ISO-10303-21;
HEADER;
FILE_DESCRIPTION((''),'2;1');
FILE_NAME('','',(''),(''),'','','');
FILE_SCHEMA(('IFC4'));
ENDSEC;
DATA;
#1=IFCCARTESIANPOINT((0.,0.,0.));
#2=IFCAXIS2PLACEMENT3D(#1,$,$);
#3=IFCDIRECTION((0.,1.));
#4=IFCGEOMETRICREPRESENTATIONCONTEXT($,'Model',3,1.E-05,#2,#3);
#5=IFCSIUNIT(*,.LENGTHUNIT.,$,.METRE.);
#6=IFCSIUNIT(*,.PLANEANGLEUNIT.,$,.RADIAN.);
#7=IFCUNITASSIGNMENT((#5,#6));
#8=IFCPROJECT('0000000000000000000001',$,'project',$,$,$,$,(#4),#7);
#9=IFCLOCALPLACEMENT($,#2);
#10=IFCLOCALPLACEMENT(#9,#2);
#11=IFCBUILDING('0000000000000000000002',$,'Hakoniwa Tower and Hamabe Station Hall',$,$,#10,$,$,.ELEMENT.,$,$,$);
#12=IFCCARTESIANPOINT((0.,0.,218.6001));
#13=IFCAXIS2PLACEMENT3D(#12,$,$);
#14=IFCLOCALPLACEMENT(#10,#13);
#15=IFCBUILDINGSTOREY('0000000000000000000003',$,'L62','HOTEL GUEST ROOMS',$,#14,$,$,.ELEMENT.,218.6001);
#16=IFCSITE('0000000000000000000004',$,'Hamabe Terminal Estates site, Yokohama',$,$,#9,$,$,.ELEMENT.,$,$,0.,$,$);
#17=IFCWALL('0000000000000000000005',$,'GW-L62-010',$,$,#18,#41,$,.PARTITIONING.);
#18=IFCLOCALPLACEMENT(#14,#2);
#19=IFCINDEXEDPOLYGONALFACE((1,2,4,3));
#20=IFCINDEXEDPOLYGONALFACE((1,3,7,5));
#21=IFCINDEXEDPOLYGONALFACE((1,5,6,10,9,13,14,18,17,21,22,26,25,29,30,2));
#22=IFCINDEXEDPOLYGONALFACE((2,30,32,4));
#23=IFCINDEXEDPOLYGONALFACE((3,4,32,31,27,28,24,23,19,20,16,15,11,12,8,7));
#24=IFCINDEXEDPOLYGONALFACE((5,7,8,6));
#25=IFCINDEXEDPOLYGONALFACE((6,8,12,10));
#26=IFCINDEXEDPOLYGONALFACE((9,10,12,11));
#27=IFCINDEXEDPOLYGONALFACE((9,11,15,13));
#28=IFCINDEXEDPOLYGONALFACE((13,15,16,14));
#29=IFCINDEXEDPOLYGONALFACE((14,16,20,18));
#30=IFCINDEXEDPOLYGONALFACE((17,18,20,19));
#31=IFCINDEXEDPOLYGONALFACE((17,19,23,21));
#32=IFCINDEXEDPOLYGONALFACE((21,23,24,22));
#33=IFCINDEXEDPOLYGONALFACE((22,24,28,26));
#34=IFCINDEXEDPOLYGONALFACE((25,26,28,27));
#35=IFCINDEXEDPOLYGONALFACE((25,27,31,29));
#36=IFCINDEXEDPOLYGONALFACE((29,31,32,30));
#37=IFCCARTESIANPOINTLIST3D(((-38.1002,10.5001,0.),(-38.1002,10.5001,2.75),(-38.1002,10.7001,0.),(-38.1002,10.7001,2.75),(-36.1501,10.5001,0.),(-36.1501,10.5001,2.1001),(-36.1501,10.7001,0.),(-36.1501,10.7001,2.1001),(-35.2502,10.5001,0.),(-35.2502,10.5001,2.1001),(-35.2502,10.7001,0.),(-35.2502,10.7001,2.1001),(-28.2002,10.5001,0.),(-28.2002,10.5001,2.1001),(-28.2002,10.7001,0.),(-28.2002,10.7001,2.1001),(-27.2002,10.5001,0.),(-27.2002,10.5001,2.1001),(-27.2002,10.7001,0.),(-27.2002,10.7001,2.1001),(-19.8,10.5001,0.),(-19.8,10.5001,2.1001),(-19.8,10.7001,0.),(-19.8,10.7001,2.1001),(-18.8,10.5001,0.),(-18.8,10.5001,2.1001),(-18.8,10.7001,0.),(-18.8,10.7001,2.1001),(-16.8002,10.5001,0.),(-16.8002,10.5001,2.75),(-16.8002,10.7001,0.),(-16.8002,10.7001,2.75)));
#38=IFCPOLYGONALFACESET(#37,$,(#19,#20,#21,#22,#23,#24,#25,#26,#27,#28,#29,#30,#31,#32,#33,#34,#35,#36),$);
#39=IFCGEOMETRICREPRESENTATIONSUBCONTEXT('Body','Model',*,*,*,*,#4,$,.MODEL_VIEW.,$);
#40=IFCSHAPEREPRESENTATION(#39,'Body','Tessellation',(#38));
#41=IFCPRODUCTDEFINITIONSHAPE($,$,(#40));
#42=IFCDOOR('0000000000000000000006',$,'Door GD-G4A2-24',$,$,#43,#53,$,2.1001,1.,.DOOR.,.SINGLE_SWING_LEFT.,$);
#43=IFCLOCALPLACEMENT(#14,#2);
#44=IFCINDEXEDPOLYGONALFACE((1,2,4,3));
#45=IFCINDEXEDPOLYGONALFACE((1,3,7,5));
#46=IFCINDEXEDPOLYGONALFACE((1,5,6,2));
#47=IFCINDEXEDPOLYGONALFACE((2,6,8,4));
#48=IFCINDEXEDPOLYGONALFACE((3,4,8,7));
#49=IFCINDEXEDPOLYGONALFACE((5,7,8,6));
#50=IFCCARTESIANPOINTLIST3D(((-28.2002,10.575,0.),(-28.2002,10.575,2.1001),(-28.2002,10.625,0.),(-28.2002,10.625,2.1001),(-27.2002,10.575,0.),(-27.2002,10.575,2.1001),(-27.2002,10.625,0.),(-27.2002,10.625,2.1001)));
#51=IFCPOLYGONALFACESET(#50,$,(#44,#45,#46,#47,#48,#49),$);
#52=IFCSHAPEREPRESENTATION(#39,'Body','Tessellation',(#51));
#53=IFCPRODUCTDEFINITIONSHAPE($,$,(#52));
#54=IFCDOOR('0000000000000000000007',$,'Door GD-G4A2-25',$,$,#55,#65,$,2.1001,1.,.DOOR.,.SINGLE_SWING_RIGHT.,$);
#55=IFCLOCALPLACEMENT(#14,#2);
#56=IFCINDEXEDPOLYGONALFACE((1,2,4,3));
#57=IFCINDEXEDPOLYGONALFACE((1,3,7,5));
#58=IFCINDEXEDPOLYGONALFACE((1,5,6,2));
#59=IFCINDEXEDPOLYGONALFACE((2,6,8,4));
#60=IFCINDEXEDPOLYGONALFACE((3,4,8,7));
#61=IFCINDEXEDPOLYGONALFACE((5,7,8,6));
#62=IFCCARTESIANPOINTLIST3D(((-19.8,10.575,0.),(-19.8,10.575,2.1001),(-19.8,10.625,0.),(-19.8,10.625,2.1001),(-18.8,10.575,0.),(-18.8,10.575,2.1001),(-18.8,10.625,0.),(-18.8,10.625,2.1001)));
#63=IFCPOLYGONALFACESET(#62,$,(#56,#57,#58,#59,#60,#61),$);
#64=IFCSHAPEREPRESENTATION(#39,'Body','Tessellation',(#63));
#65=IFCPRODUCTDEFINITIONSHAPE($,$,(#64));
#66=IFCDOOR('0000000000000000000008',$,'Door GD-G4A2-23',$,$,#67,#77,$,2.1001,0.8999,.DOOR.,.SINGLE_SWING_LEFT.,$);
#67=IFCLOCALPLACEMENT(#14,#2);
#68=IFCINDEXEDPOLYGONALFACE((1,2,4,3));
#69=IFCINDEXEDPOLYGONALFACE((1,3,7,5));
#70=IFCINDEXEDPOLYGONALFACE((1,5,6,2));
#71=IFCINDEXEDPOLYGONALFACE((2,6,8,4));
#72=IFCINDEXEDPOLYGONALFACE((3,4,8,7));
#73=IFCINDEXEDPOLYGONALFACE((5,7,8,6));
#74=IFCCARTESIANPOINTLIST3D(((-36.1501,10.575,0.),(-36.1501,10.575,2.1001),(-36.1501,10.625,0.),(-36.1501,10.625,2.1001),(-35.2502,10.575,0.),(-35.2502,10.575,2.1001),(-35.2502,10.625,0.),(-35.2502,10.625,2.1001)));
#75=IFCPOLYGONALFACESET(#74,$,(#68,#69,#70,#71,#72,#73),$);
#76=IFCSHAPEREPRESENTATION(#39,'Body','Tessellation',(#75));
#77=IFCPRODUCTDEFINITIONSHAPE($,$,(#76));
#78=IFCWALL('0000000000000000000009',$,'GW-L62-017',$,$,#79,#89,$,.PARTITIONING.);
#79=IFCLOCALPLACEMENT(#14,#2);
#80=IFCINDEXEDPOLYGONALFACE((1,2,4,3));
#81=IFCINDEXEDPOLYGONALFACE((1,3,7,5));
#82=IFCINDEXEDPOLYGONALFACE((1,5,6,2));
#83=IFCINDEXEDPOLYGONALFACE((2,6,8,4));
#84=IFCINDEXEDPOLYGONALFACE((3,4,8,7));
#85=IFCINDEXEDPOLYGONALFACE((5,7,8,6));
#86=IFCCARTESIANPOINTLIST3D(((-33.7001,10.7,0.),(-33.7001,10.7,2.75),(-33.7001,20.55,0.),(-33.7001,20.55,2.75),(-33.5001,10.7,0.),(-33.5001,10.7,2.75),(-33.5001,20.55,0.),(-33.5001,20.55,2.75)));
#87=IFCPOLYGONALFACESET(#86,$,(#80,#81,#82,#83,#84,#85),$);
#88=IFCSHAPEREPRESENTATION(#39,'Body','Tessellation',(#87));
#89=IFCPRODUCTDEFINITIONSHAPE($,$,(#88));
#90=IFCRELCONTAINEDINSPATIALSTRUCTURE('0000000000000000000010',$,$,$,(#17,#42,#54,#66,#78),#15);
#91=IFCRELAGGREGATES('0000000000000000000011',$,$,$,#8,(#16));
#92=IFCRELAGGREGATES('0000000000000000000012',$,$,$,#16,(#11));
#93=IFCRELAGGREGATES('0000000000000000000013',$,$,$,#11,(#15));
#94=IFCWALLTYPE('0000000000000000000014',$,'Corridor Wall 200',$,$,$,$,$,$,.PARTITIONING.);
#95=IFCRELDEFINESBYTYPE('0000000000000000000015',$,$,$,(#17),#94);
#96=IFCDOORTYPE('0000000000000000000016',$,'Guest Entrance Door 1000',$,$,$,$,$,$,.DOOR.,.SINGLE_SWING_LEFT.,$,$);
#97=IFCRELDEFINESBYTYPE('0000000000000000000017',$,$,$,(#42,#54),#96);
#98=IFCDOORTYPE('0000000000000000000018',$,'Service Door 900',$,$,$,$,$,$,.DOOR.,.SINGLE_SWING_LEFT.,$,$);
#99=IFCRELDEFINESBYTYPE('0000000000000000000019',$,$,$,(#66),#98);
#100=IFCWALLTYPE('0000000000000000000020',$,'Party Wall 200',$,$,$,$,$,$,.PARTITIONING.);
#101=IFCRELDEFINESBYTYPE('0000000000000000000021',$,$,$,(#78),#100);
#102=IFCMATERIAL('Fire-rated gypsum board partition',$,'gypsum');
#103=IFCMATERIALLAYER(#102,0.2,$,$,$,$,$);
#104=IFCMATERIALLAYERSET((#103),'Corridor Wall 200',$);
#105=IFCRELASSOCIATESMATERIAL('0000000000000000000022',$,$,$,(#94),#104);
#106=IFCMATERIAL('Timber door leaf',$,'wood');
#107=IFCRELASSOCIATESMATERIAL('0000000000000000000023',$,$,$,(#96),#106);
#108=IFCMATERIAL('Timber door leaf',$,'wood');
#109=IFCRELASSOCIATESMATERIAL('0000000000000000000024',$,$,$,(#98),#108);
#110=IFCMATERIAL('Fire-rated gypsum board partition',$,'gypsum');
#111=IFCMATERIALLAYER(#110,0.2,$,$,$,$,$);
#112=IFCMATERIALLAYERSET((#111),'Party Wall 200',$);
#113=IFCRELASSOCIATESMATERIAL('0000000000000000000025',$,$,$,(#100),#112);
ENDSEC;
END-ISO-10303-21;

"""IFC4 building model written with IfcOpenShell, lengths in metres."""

from ifc_helpers import new_model, si_unit, direction, frame, frame_2d, origin, place, context, subcontext, project, spatial, rectangle, extrude, material, layer, layer_set, type_object, element, fill, save


model = new_model("IFC4")

# Units and contexts
model_context = context("Model", 3, precision=1e-05, world=origin(), true_north=direction((0.0, 1.0)))
body_context = subcontext(model_context, "Body", "Model", "MODEL_VIEW")
ifc_project = project(units=[si_unit("LENGTHUNIT", "METRE"), si_unit("PLANEANGLEUNIT", "RADIAN")], contexts=[model_context])

# Site, building, storey
site_placement = place(None, origin())
site = spatial("IfcSite", under=ifc_project, at=site_placement, Name="Hamabe Terminal Estates site, Yokohama", CompositionType="ELEMENT", RefElevation=0.0)
building_placement = place(site_placement, origin())
building = spatial("IfcBuilding", under=site, at=building_placement, Name="Hakoniwa Tower and Hamabe Station Hall", CompositionType="ELEMENT")
storey_placement = place(building_placement, frame((0.0, 0.0, 218.6001)))
storey = spatial("IfcBuildingStorey", under=building, at=storey_placement, Name="L62", Description="HOTEL GUEST ROOMS", CompositionType="ELEMENT", Elevation=218.6001)

# Wall, openings, doors
ifc_material_1 = material(Name="Fire-rated gypsum board partition", Category="gypsum")
ifc_layer_1 = layer(ifc_material_1, 0.2)
ifc_layer_set_1 = layer_set([ifc_layer_1], Name="Corridor Wall 200")
wall_type_1 = type_object("IfcWallType", Name="Corridor Wall 200", PredefinedType="PARTITIONING", material=ifc_layer_set_1)
wall_1_placement = place(storey_placement, frame((-38.1001, 10.6001, 0.0), z_axis=(0.0, 0.0, 1.0), x_axis=(1.0, 0.0, 0.0)))
wall_1 = element("IfcWall", 1, at=wall_1_placement, inside=storey, type_object=wall_type_1, Name="GW-L62-010", PredefinedType="PARTITIONING", context=body_context, shape_type="SweptSolid", body=[
    extrude(rectangle(XDim=21.3, YDim=0.2, at=frame_2d((10.6499, 0.0))), origin(), (0.0, 0.0, 1.0), 2.75),
])
opening_1_placement = place(wall_1_placement, frame((1.95, 0.0, 0.0)))
opening_1 = element("IfcOpeningElement", 2, at=opening_1_placement, cuts=wall_1, PredefinedType="OPENING", context=body_context, shape_type="SweptSolid", body=[
    extrude(rectangle(XDim=0.8999, YDim=2.1001, at=frame_2d((0.45, 1.05))), frame((0.0, 0.1099, 0.0), z_axis=(0.0, -1.0, 0.0), x_axis=(1.0, 0.0, 0.0)), (0.0, 0.0, 1.0), 0.22),
])
opening_2_placement = place(wall_1_placement, frame((9.8999, 0.0, 0.0)))
opening_2 = element("IfcOpeningElement", 3, at=opening_2_placement, cuts=wall_1, PredefinedType="OPENING", context=body_context, shape_type="SweptSolid", body=[
    extrude(rectangle(XDim=1.0, YDim=2.1001, at=frame_2d((0.5, 1.05))), frame((0.0, 0.1099, 0.0), z_axis=(0.0, -1.0, 0.0), x_axis=(1.0, 0.0, 0.0)), (0.0, 0.0, 1.0), 0.22),
])
opening_3_placement = place(wall_1_placement, frame((18.3, 0.0, 0.0)))
opening_3 = element("IfcOpeningElement", 4, at=opening_3_placement, cuts=wall_1, PredefinedType="OPENING", context=body_context, shape_type="SweptSolid", body=[
    extrude(rectangle(XDim=1.0, YDim=2.1001, at=frame_2d((0.5, 1.05))), frame((0.0, 0.1099, 0.0), z_axis=(0.0, -1.0, 0.0), x_axis=(1.0, 0.0, 0.0)), (0.0, 0.0, 1.0), 0.22),
])
ifc_material_2 = material(Name="Timber door leaf", Category="wood")
door_type_1 = type_object("IfcDoorType", Name="Guest Entrance Door 1000", OperationType="SINGLE_SWING_LEFT", PredefinedType="DOOR", material=ifc_material_2)
door_1_placement = place(opening_2_placement, origin())
door_1 = element("IfcDoor", 5, at=door_1_placement, inside=storey, type_object=door_type_1, Name="Door GD-G4A2-24", OperationType="SINGLE_SWING_LEFT", OverallHeight=2.1001, OverallWidth=1.0, PredefinedType="DOOR", context=body_context, shape_type="SweptSolid", body=[
    extrude(rectangle(XDim=1.0, YDim=2.1001, at=frame_2d((0.5, 1.05))), frame((0.0, 0.0249, 0.0), z_axis=(0.0, -1.0, 0.0), x_axis=(1.0, 0.0, 0.0)), (0.0, 0.0, 1.0), 0.05),
])
fill(opening_2, door_1)
door_2_placement = place(opening_3_placement, origin())
door_2 = element("IfcDoor", 6, at=door_2_placement, inside=storey, type_object=door_type_1, Name="Door GD-G4A2-25", OperationType="SINGLE_SWING_RIGHT", OverallHeight=2.1001, OverallWidth=1.0, PredefinedType="DOOR", context=body_context, shape_type="SweptSolid", body=[
    extrude(rectangle(XDim=1.0, YDim=2.1001, at=frame_2d((0.5, 1.05))), frame((0.0, 0.0249, 0.0), z_axis=(0.0, -1.0, 0.0), x_axis=(1.0, 0.0, 0.0)), (0.0, 0.0, 1.0), 0.05),
])
fill(opening_3, door_2)
ifc_material_3 = material(Name="Timber door leaf", Category="wood")
door_type_2 = type_object("IfcDoorType", Name="Service Door 900", OperationType="SINGLE_SWING_LEFT", PredefinedType="DOOR", material=ifc_material_3)
door_3_placement = place(opening_1_placement, origin())
door_3 = element("IfcDoor", 7, at=door_3_placement, inside=storey, type_object=door_type_2, Name="Door GD-G4A2-23", OperationType="SINGLE_SWING_LEFT", OverallHeight=2.1001, OverallWidth=0.8999, PredefinedType="DOOR", context=body_context, shape_type="SweptSolid", body=[
    extrude(rectangle(XDim=0.8999, YDim=2.1001, at=frame_2d((0.45, 1.05))), frame((0.0, 0.0249, 0.0), z_axis=(0.0, -1.0, 0.0), x_axis=(1.0, 0.0, 0.0)), (0.0, 0.0, 1.0), 0.05),
])
fill(opening_1, door_3)

# Wall
ifc_material_4 = material(Name="Fire-rated gypsum board partition", Category="gypsum")
ifc_layer_2 = layer(ifc_material_4, 0.2)
ifc_layer_set_2 = layer_set([ifc_layer_2], Name="Party Wall 200")
wall_type_2 = type_object("IfcWallType", Name="Party Wall 200", PredefinedType="PARTITIONING", material=ifc_layer_set_2)
wall_2_placement = place(storey_placement, frame((-33.6001, 10.7, 0.0), z_axis=(0.0, 0.0, 1.0), x_axis=(0.0, 1.0, 0.0)))
element("IfcWall", 8, at=wall_2_placement, inside=storey, type_object=wall_type_2, Name="GW-L62-017", PredefinedType="PARTITIONING", context=body_context, shape_type="SweptSolid", body=[
    extrude(rectangle(XDim=9.8501, YDim=0.2, at=frame_2d((4.925, 0.0))), origin(), (0.0, 0.0, 1.0), 2.75),
])

save(model, "model.ifc")
